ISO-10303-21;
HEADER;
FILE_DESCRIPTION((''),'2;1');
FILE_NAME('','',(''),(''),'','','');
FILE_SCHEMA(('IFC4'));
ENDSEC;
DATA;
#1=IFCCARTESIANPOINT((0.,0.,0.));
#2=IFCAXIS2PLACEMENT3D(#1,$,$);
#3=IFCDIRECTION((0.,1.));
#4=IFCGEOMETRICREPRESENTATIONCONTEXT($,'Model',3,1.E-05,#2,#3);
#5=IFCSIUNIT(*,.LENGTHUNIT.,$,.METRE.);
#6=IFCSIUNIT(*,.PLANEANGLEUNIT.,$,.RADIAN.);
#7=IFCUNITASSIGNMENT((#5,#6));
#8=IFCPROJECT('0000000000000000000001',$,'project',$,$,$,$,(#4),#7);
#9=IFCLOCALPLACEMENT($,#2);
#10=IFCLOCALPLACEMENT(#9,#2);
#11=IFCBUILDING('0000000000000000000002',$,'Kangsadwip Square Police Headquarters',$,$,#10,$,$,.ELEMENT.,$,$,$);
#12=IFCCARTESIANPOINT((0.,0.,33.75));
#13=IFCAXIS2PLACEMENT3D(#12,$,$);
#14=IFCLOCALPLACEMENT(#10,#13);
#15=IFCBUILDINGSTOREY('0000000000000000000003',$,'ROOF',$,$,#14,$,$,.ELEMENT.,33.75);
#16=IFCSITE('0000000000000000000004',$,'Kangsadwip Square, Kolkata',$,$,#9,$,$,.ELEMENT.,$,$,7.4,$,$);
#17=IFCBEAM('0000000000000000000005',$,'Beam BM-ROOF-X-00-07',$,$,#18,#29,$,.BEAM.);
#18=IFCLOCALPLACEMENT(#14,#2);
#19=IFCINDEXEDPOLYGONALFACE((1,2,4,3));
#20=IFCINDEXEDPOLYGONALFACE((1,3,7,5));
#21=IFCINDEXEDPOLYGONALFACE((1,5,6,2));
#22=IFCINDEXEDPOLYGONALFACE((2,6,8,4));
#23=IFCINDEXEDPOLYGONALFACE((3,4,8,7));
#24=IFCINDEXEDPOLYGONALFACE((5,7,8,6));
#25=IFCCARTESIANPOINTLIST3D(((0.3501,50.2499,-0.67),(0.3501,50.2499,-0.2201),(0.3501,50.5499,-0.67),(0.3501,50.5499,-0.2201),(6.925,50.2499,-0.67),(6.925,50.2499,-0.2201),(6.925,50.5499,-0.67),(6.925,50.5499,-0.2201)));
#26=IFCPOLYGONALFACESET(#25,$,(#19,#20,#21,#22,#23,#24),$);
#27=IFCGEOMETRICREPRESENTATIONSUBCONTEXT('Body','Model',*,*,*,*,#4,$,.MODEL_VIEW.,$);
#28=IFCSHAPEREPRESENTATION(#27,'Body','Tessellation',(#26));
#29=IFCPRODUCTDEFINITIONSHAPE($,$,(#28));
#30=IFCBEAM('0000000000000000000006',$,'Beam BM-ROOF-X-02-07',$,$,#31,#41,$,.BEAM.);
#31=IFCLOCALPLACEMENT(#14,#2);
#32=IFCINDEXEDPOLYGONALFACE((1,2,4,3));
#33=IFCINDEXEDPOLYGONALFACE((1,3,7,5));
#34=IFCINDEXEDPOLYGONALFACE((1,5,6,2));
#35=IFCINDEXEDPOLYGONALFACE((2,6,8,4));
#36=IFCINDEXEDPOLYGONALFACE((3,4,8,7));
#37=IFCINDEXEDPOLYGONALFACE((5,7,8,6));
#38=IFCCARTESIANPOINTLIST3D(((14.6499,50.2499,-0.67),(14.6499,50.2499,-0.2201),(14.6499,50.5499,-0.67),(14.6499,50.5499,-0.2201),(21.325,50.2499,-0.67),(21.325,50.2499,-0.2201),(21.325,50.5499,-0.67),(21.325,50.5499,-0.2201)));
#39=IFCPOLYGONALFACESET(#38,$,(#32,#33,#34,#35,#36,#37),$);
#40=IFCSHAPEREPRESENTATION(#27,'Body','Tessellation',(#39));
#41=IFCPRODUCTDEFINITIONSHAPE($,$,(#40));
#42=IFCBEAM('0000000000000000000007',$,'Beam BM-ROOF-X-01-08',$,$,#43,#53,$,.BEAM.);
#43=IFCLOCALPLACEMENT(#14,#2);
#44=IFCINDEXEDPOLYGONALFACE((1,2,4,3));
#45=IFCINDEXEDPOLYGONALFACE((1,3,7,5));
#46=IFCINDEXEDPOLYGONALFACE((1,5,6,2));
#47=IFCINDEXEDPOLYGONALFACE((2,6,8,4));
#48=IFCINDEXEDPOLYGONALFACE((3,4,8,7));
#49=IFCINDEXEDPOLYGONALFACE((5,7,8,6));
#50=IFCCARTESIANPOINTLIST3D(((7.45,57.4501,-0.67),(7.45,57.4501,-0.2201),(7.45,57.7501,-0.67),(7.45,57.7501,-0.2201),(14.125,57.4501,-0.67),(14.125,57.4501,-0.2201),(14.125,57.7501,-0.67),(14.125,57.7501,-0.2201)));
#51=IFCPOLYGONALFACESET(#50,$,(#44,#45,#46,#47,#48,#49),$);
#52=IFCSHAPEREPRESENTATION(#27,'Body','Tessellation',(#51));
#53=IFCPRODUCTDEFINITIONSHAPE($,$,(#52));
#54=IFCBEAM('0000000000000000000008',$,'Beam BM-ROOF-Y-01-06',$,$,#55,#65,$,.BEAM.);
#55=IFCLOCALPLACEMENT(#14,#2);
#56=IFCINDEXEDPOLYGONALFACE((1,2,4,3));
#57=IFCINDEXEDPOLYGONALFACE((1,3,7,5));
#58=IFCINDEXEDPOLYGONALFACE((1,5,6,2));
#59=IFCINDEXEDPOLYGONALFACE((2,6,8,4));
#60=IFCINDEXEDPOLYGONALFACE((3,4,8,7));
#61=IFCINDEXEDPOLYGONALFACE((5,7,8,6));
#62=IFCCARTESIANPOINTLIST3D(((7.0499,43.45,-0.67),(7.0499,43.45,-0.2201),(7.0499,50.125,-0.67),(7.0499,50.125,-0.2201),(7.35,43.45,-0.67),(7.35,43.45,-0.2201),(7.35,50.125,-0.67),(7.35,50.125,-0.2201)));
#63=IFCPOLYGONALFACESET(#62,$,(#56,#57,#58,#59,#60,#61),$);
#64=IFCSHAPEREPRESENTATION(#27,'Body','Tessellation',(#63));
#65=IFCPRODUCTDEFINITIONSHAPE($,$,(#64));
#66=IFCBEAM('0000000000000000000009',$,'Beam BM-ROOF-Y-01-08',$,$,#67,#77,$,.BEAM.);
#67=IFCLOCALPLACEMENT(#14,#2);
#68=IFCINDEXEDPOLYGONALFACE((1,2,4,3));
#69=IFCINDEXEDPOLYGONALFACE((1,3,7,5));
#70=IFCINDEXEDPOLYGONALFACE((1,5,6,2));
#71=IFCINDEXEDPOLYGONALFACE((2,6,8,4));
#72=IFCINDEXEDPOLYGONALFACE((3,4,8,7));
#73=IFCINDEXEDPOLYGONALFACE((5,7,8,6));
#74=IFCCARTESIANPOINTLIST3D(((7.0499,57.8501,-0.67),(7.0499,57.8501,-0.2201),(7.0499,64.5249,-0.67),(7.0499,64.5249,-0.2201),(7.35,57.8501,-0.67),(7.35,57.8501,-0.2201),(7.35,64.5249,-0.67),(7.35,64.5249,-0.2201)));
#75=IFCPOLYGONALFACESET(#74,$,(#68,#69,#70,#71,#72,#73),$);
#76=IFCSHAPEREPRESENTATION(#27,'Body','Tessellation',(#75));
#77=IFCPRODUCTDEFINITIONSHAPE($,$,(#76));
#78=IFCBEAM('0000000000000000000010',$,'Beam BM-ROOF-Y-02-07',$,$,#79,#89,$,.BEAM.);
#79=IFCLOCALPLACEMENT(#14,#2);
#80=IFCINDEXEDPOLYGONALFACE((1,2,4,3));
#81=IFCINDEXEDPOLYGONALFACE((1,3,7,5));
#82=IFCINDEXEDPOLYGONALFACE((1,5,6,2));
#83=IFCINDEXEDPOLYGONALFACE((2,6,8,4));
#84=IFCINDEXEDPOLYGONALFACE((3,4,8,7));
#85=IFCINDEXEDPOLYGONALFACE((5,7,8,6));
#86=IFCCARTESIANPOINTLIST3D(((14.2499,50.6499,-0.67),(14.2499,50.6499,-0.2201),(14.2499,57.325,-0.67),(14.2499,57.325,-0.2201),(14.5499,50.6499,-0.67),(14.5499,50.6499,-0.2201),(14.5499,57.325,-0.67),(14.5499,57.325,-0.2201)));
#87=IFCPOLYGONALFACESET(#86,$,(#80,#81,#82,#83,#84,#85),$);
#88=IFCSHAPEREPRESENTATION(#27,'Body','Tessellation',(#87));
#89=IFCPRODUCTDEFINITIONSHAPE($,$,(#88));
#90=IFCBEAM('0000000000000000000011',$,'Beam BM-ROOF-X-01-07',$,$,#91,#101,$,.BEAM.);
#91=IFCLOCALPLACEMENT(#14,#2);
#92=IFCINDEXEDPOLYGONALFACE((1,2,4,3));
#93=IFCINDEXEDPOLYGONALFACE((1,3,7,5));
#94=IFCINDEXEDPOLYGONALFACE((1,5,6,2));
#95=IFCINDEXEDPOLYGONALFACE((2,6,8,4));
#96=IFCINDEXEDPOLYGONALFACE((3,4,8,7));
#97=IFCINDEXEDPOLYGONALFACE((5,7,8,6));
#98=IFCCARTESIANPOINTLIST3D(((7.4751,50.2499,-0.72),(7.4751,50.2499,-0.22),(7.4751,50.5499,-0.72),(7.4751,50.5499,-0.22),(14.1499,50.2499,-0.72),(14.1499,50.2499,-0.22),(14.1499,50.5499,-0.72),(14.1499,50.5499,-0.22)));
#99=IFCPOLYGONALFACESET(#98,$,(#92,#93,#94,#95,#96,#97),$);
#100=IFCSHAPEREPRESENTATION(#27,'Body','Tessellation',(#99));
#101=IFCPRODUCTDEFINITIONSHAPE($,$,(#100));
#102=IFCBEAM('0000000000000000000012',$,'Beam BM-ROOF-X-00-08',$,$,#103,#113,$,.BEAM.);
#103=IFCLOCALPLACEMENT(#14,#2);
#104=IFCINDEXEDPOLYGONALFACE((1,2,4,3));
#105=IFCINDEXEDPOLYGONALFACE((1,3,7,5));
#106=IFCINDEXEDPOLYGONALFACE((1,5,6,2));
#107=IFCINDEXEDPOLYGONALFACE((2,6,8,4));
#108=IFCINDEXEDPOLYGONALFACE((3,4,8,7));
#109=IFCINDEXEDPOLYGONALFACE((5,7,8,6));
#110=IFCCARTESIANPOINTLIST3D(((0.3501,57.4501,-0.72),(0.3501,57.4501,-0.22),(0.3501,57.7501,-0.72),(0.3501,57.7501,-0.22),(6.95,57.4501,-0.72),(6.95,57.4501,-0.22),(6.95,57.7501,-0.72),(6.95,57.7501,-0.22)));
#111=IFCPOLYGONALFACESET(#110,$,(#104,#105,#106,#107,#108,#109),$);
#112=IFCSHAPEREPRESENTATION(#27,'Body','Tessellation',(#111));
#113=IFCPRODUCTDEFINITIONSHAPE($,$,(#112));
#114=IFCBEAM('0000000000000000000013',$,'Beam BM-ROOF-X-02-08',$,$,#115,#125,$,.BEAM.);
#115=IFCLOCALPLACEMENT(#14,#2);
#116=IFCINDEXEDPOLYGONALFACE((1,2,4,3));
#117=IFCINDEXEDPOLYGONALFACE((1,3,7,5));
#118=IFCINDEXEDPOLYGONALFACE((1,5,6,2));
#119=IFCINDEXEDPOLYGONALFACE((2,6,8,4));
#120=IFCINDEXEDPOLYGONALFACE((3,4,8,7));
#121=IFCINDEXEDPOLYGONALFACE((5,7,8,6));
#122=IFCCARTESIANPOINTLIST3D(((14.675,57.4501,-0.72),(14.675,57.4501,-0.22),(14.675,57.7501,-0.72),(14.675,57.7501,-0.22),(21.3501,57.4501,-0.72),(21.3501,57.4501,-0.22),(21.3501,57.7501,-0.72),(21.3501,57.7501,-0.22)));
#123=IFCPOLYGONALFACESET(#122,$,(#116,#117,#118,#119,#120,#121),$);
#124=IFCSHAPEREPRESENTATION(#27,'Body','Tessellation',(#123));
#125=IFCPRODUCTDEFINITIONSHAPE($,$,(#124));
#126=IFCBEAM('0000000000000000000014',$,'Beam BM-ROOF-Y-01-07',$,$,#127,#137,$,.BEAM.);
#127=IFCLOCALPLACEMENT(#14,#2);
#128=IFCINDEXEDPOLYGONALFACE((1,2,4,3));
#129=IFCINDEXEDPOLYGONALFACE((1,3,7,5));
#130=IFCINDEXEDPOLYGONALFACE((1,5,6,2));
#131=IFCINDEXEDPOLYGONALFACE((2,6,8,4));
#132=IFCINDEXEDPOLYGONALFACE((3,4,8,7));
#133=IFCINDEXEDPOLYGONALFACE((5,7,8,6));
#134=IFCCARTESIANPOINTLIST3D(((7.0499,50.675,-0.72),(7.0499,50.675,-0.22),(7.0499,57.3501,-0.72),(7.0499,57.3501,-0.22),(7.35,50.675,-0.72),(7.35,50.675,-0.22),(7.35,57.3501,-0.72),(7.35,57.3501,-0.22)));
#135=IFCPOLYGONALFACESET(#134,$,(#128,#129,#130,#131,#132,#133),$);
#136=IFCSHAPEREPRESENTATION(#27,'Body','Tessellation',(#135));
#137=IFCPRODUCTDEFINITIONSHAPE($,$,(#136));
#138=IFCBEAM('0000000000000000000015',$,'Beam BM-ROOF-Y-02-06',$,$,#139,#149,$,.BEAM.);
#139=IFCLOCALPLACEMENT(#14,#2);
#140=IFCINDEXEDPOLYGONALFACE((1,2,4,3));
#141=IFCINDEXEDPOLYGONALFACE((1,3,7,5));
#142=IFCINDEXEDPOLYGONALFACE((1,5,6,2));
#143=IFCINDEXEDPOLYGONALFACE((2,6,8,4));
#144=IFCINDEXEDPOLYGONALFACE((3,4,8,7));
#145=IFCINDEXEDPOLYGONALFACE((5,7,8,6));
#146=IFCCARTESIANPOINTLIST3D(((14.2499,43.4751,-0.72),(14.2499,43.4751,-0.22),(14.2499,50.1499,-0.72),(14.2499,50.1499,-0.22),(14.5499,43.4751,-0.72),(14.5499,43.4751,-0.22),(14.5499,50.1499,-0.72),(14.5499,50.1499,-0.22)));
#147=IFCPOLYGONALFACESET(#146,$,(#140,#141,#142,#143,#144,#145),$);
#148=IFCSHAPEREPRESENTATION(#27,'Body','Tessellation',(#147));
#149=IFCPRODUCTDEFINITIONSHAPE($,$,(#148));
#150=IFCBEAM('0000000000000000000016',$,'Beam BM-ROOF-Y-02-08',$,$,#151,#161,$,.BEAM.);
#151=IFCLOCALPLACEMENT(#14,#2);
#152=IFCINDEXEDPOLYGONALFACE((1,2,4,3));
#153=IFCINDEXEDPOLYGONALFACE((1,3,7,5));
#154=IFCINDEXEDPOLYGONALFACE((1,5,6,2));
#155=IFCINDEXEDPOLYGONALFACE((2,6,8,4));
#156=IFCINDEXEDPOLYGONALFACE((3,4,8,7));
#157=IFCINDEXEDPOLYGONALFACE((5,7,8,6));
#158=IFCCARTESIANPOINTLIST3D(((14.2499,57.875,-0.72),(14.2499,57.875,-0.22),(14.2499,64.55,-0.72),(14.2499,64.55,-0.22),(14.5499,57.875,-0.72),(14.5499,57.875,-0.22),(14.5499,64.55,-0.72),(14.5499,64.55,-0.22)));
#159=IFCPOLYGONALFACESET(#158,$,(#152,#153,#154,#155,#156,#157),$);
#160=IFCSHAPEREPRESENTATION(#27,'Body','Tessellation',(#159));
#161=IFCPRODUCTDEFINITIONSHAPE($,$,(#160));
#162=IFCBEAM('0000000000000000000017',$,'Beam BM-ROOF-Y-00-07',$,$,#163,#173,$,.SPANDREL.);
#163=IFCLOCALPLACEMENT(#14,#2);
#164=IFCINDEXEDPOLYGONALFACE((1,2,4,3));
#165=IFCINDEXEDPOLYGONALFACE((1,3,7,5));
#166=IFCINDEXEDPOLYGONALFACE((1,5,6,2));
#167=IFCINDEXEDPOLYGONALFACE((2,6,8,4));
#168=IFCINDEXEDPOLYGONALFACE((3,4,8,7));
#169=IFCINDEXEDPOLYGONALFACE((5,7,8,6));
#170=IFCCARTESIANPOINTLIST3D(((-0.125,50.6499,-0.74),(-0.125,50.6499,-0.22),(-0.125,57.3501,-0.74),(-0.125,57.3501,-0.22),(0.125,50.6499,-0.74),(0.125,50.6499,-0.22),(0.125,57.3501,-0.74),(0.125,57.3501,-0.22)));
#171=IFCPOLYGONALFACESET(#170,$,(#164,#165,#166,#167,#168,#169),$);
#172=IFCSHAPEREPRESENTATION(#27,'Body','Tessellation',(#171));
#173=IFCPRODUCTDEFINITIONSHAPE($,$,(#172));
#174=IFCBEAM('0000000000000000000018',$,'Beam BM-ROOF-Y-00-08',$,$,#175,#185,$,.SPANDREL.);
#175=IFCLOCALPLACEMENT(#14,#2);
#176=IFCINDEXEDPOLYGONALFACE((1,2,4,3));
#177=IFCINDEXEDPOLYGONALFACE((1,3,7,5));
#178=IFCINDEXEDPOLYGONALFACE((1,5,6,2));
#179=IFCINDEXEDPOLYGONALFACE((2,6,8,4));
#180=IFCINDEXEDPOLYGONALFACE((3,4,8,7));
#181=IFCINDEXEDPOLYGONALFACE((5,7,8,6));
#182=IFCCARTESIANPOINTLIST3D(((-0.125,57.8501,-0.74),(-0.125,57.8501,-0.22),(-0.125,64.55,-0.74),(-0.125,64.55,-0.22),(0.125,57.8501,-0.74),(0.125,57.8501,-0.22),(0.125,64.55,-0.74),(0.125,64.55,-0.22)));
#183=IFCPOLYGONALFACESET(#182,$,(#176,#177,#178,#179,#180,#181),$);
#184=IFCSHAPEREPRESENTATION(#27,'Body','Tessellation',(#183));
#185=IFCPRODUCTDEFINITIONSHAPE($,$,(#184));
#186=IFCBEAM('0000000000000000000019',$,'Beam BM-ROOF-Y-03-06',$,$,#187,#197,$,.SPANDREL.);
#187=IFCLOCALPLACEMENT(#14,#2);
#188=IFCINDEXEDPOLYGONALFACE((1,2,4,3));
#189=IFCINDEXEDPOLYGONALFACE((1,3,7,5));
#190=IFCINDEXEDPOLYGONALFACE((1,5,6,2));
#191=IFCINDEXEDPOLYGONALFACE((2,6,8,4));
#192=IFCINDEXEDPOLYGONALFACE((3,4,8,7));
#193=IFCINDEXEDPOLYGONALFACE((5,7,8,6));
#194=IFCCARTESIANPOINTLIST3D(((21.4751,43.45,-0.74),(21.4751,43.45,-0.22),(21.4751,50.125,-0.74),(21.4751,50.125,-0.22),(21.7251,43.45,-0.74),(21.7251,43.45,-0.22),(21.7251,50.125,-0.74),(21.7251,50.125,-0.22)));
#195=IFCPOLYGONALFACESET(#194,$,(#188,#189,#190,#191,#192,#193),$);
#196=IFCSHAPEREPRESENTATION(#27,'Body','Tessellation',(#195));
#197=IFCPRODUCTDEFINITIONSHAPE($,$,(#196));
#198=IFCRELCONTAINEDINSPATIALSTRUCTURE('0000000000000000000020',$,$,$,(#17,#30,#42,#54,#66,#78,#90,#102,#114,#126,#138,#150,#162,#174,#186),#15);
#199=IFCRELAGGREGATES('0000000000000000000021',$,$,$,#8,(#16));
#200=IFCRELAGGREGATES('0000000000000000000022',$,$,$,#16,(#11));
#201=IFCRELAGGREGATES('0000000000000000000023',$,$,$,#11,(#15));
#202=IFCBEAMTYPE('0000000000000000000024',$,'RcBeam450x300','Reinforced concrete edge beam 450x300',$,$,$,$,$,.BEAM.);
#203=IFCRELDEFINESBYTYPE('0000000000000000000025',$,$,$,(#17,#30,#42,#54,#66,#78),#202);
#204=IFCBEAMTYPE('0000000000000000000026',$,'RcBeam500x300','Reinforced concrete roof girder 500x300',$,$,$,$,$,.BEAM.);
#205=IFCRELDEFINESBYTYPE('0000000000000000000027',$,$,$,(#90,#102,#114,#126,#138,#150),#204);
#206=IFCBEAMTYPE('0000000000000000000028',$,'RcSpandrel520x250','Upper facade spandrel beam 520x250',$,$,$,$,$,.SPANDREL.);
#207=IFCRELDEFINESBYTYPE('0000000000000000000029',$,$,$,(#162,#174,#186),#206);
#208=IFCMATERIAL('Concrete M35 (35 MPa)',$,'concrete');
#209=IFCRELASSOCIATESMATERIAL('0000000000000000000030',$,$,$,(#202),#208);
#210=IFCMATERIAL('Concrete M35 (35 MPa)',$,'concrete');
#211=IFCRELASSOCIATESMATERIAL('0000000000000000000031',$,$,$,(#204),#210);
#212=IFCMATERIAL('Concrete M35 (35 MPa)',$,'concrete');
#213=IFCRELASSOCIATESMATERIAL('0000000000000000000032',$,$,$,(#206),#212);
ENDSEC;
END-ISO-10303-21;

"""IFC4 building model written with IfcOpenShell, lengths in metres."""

from ifc_helpers import new_model, si_unit, direction, frame, origin, origin_2d, place, context, subcontext, project, spatial, rectangle, extrude, material, material_profile, profile_set, type_object, element, save


model = new_model("IFC4")

# Units and contexts
model_context = context("Model", 3, precision=1e-05, world=origin(), true_north=direction((0.0, 1.0)))
body_context = subcontext(model_context, "Body", "Model", "MODEL_VIEW")
ifc_project = project(units=[si_unit("LENGTHUNIT", "METRE"), si_unit("PLANEANGLEUNIT", "RADIAN")], contexts=[model_context])

# Site, building, storey
site_placement = place(None, origin())
site = spatial("IfcSite", under=ifc_project, at=site_placement, Name="Kangsadwip Square, Kolkata", CompositionType="ELEMENT", RefElevation=7.4)
building_placement = place(site_placement, origin())
building = spatial("IfcBuilding", under=site, at=building_placement, Name="Kangsadwip Square Police Headquarters", CompositionType="ELEMENT")
storey_placement = place(building_placement, frame((0.0, 0.0, 33.75)))
storey = spatial("IfcBuildingStorey", under=building, at=storey_placement, Name="ROOF", CompositionType="ELEMENT", Elevation=33.75)

# Beams
ifc_material_1 = material(Name="Concrete M35 (35 MPa)", Category="concrete")
ifc_material_profile_1 = material_profile(ifc_material_1, rectangle(XDim=0.3, YDim=0.45, at=origin_2d()), Name="RC BM 450X300")
ifc_profile_set_1 = profile_set([ifc_material_profile_1], Name="Concrete M35 (35 MPa)")
beam_type_1 = type_object("IfcBeamType", Name="RcBeam450x300", Description="Reinforced concrete edge beam 450x300", PredefinedType="BEAM", material=ifc_profile_set_1)
beam_1_placement = place(storey_placement, frame((0.3501, 50.3999, -0.4451), z_axis=(1.0, 0.0, 0.0), x_axis=(0.0, 1.0, 0.0)))
element("IfcBeam", 1, at=beam_1_placement, inside=storey, type_object=beam_type_1, Name="Beam BM-ROOF-X-00-07", PredefinedType="BEAM", context=body_context, shape_type="SweptSolid", body=[
    extrude(rectangle(XDim=0.3, YDim=0.45, at=origin_2d()), origin(), (0.0, 0.0, 1.0), 6.575),
])
for number, where, z_axis, x_axis, name in (
    (2, (14.6499, 50.3999, -0.4451), (1.0, 0.0, 0.0), (0.0, 1.0, 0.0), "Beam BM-ROOF-X-02-07"),
    (3, (7.45, 57.6001, -0.4451), (1.0, 0.0, 0.0), (0.0, 1.0, 0.0), "Beam BM-ROOF-X-01-08"),
    (4, (7.2, 43.45, -0.4451), (0.0, 1.0, 0.0), (-1.0, 0.0, 0.0), "Beam BM-ROOF-Y-01-06"),
):
    element("IfcBeam", number, at=place(storey_placement, frame(where, z_axis=z_axis, x_axis=x_axis)), inside=storey, type_object=beam_type_1, Name=name, PredefinedType="BEAM", context=body_context, shape_type="SweptSolid", body=[
        extrude(rectangle(XDim=0.3, YDim=0.45, at=origin_2d()), origin(), (0.0, 0.0, 1.0), 6.675),
    ])
beam_2_placement = place(storey_placement, frame((7.2, 57.8501, -0.4451), z_axis=(0.0, 1.0, 0.0), x_axis=(-1.0, 0.0, 0.0)))
element("IfcBeam", 5, at=beam_2_placement, inside=storey, type_object=beam_type_1, Name="Beam BM-ROOF-Y-01-08", PredefinedType="BEAM", context=body_context, shape_type="SweptSolid", body=[
    extrude(rectangle(XDim=0.3, YDim=0.45, at=origin_2d()), origin(), (0.0, 0.0, 1.0), 6.6748),
])
beam_3_placement = place(storey_placement, frame((14.3999, 50.6499, -0.4451), z_axis=(0.0, 1.0, 0.0), x_axis=(-1.0, 0.0, 0.0)))
element("IfcBeam", 6, at=beam_3_placement, inside=storey, type_object=beam_type_1, Name="Beam BM-ROOF-Y-02-07", PredefinedType="BEAM", context=body_context, shape_type="SweptSolid", body=[
    extrude(rectangle(XDim=0.3, YDim=0.45, at=origin_2d()), origin(), (0.0, 0.0, 1.0), 6.675),
])
ifc_material_2 = material(Name="Concrete M35 (35 MPa)", Category="concrete")
ifc_material_profile_2 = material_profile(ifc_material_2, rectangle(XDim=0.3, YDim=0.5, at=origin_2d()), Name="RC BM 500X300")
ifc_profile_set_2 = profile_set([ifc_material_profile_2], Name="Concrete M35 (35 MPa)")
beam_type_2 = type_object("IfcBeamType", Name="RcBeam500x300", Description="Reinforced concrete roof girder 500x300", PredefinedType="BEAM", material=ifc_profile_set_2)
beam_4_placement = place(storey_placement, frame((7.4751, 50.3999, -0.47), z_axis=(1.0, 0.0, 0.0), x_axis=(0.0, 1.0, 0.0)))
element("IfcBeam", 7, at=beam_4_placement, inside=storey, type_object=beam_type_2, Name="Beam BM-ROOF-X-01-07", PredefinedType="BEAM", context=body_context, shape_type="SweptSolid", body=[
    extrude(rectangle(XDim=0.3, YDim=0.5, at=origin_2d()), origin(), (0.0, 0.0, 1.0), 6.6748),
])
beam_5_placement = place(storey_placement, frame((0.3501, 57.6001, -0.47), z_axis=(1.0, 0.0, 0.0), x_axis=(0.0, 1.0, 0.0)))
element("IfcBeam", 8, at=beam_5_placement, inside=storey, type_object=beam_type_2, Name="Beam BM-ROOF-X-00-08", PredefinedType="BEAM", context=body_context, shape_type="SweptSolid", body=[
    extrude(rectangle(XDim=0.3, YDim=0.5, at=origin_2d()), origin(), (0.0, 0.0, 1.0), 6.5999),
])
for number, where, z_axis, x_axis, name in (
    (9, (14.675, 57.6001, -0.47), (1.0, 0.0, 0.0), (0.0, 1.0, 0.0), "Beam BM-ROOF-X-02-08"),
    (10, (7.2, 50.675, -0.47), (0.0, 1.0, 0.0), (-1.0, 0.0, 0.0), "Beam BM-ROOF-Y-01-07"),
):
    element("IfcBeam", number, at=place(storey_placement, frame(where, z_axis=z_axis, x_axis=x_axis)), inside=storey, type_object=beam_type_2, Name=name, PredefinedType="BEAM", context=body_context, shape_type="SweptSolid", body=[
        extrude(rectangle(XDim=0.3, YDim=0.5, at=origin_2d()), origin(), (0.0, 0.0, 1.0), 6.675),
    ])
beam_6_placement = place(storey_placement, frame((14.3999, 43.4751, -0.47), z_axis=(0.0, 1.0, 0.0), x_axis=(-1.0, 0.0, 0.0)))
element("IfcBeam", 11, at=beam_6_placement, inside=storey, type_object=beam_type_2, Name="Beam BM-ROOF-Y-02-06", PredefinedType="BEAM", context=body_context, shape_type="SweptSolid", body=[
    extrude(rectangle(XDim=0.3, YDim=0.5, at=origin_2d()), origin(), (0.0, 0.0, 1.0), 6.6748),
])
beam_7_placement = place(storey_placement, frame((14.3999, 57.875, -0.47), z_axis=(0.0, 1.0, 0.0), x_axis=(-1.0, 0.0, 0.0)))
element("IfcBeam", 12, at=beam_7_placement, inside=storey, type_object=beam_type_2, Name="Beam BM-ROOF-Y-02-08", PredefinedType="BEAM", context=body_context, shape_type="SweptSolid", body=[
    extrude(rectangle(XDim=0.3, YDim=0.5, at=origin_2d()), origin(), (0.0, 0.0, 1.0), 6.675),
])
ifc_material_3 = material(Name="Concrete M35 (35 MPa)", Category="concrete")
ifc_material_profile_3 = material_profile(ifc_material_3, rectangle(XDim=0.25, YDim=0.52, at=origin_2d()), Name="RC SPN 520X250")
ifc_profile_set_3 = profile_set([ifc_material_profile_3], Name="Concrete M35 (35 MPa)")
beam_type_3 = type_object("IfcBeamType", Name="RcSpandrel520x250", Description="Upper facade spandrel beam 520x250", PredefinedType="SPANDREL", material=ifc_profile_set_3)
beam_8_placement = place(storey_placement, frame((0.0, 50.6499, -0.48), z_axis=(0.0, 1.0, 0.0), x_axis=(-1.0, 0.0, 0.0)))
element("IfcBeam", 13, at=beam_8_placement, inside=storey, type_object=beam_type_3, Name="Beam BM-ROOF-Y-00-07", PredefinedType="SPANDREL", context=body_context, shape_type="SweptSolid", body=[
    extrude(rectangle(XDim=0.25, YDim=0.52, at=origin_2d()), origin(), (0.0, 0.0, 1.0), 6.7002),
])
beam_9_placement = place(storey_placement, frame((0.0, 57.8501, -0.48), z_axis=(0.0, 1.0, 0.0), x_axis=(-1.0, 0.0, 0.0)))
element("IfcBeam", 14, at=beam_9_placement, inside=storey, type_object=beam_type_3, Name="Beam BM-ROOF-Y-00-08", PredefinedType="SPANDREL", context=body_context, shape_type="SweptSolid", body=[
    extrude(rectangle(XDim=0.25, YDim=0.52, at=origin_2d()), origin(), (0.0, 0.0, 1.0), 6.7),
])
for number, where, z_axis, x_axis, name in (
    (15, (21.6001, 43.45, -0.48), (0.0, 1.0, 0.0), (-1.0, 0.0, 0.0), "Beam BM-ROOF-Y-03-06"),
):
    element("IfcBeam", number, at=place(storey_placement, frame(where, z_axis=z_axis, x_axis=x_axis)), inside=storey, type_object=beam_type_3, Name=name, PredefinedType="SPANDREL", context=body_context, shape_type="SweptSolid", body=[
        extrude(rectangle(XDim=0.25, YDim=0.52, at=origin_2d()), origin(), (0.0, 0.0, 1.0), 6.675),
    ])

save(model, "model.ifc")
